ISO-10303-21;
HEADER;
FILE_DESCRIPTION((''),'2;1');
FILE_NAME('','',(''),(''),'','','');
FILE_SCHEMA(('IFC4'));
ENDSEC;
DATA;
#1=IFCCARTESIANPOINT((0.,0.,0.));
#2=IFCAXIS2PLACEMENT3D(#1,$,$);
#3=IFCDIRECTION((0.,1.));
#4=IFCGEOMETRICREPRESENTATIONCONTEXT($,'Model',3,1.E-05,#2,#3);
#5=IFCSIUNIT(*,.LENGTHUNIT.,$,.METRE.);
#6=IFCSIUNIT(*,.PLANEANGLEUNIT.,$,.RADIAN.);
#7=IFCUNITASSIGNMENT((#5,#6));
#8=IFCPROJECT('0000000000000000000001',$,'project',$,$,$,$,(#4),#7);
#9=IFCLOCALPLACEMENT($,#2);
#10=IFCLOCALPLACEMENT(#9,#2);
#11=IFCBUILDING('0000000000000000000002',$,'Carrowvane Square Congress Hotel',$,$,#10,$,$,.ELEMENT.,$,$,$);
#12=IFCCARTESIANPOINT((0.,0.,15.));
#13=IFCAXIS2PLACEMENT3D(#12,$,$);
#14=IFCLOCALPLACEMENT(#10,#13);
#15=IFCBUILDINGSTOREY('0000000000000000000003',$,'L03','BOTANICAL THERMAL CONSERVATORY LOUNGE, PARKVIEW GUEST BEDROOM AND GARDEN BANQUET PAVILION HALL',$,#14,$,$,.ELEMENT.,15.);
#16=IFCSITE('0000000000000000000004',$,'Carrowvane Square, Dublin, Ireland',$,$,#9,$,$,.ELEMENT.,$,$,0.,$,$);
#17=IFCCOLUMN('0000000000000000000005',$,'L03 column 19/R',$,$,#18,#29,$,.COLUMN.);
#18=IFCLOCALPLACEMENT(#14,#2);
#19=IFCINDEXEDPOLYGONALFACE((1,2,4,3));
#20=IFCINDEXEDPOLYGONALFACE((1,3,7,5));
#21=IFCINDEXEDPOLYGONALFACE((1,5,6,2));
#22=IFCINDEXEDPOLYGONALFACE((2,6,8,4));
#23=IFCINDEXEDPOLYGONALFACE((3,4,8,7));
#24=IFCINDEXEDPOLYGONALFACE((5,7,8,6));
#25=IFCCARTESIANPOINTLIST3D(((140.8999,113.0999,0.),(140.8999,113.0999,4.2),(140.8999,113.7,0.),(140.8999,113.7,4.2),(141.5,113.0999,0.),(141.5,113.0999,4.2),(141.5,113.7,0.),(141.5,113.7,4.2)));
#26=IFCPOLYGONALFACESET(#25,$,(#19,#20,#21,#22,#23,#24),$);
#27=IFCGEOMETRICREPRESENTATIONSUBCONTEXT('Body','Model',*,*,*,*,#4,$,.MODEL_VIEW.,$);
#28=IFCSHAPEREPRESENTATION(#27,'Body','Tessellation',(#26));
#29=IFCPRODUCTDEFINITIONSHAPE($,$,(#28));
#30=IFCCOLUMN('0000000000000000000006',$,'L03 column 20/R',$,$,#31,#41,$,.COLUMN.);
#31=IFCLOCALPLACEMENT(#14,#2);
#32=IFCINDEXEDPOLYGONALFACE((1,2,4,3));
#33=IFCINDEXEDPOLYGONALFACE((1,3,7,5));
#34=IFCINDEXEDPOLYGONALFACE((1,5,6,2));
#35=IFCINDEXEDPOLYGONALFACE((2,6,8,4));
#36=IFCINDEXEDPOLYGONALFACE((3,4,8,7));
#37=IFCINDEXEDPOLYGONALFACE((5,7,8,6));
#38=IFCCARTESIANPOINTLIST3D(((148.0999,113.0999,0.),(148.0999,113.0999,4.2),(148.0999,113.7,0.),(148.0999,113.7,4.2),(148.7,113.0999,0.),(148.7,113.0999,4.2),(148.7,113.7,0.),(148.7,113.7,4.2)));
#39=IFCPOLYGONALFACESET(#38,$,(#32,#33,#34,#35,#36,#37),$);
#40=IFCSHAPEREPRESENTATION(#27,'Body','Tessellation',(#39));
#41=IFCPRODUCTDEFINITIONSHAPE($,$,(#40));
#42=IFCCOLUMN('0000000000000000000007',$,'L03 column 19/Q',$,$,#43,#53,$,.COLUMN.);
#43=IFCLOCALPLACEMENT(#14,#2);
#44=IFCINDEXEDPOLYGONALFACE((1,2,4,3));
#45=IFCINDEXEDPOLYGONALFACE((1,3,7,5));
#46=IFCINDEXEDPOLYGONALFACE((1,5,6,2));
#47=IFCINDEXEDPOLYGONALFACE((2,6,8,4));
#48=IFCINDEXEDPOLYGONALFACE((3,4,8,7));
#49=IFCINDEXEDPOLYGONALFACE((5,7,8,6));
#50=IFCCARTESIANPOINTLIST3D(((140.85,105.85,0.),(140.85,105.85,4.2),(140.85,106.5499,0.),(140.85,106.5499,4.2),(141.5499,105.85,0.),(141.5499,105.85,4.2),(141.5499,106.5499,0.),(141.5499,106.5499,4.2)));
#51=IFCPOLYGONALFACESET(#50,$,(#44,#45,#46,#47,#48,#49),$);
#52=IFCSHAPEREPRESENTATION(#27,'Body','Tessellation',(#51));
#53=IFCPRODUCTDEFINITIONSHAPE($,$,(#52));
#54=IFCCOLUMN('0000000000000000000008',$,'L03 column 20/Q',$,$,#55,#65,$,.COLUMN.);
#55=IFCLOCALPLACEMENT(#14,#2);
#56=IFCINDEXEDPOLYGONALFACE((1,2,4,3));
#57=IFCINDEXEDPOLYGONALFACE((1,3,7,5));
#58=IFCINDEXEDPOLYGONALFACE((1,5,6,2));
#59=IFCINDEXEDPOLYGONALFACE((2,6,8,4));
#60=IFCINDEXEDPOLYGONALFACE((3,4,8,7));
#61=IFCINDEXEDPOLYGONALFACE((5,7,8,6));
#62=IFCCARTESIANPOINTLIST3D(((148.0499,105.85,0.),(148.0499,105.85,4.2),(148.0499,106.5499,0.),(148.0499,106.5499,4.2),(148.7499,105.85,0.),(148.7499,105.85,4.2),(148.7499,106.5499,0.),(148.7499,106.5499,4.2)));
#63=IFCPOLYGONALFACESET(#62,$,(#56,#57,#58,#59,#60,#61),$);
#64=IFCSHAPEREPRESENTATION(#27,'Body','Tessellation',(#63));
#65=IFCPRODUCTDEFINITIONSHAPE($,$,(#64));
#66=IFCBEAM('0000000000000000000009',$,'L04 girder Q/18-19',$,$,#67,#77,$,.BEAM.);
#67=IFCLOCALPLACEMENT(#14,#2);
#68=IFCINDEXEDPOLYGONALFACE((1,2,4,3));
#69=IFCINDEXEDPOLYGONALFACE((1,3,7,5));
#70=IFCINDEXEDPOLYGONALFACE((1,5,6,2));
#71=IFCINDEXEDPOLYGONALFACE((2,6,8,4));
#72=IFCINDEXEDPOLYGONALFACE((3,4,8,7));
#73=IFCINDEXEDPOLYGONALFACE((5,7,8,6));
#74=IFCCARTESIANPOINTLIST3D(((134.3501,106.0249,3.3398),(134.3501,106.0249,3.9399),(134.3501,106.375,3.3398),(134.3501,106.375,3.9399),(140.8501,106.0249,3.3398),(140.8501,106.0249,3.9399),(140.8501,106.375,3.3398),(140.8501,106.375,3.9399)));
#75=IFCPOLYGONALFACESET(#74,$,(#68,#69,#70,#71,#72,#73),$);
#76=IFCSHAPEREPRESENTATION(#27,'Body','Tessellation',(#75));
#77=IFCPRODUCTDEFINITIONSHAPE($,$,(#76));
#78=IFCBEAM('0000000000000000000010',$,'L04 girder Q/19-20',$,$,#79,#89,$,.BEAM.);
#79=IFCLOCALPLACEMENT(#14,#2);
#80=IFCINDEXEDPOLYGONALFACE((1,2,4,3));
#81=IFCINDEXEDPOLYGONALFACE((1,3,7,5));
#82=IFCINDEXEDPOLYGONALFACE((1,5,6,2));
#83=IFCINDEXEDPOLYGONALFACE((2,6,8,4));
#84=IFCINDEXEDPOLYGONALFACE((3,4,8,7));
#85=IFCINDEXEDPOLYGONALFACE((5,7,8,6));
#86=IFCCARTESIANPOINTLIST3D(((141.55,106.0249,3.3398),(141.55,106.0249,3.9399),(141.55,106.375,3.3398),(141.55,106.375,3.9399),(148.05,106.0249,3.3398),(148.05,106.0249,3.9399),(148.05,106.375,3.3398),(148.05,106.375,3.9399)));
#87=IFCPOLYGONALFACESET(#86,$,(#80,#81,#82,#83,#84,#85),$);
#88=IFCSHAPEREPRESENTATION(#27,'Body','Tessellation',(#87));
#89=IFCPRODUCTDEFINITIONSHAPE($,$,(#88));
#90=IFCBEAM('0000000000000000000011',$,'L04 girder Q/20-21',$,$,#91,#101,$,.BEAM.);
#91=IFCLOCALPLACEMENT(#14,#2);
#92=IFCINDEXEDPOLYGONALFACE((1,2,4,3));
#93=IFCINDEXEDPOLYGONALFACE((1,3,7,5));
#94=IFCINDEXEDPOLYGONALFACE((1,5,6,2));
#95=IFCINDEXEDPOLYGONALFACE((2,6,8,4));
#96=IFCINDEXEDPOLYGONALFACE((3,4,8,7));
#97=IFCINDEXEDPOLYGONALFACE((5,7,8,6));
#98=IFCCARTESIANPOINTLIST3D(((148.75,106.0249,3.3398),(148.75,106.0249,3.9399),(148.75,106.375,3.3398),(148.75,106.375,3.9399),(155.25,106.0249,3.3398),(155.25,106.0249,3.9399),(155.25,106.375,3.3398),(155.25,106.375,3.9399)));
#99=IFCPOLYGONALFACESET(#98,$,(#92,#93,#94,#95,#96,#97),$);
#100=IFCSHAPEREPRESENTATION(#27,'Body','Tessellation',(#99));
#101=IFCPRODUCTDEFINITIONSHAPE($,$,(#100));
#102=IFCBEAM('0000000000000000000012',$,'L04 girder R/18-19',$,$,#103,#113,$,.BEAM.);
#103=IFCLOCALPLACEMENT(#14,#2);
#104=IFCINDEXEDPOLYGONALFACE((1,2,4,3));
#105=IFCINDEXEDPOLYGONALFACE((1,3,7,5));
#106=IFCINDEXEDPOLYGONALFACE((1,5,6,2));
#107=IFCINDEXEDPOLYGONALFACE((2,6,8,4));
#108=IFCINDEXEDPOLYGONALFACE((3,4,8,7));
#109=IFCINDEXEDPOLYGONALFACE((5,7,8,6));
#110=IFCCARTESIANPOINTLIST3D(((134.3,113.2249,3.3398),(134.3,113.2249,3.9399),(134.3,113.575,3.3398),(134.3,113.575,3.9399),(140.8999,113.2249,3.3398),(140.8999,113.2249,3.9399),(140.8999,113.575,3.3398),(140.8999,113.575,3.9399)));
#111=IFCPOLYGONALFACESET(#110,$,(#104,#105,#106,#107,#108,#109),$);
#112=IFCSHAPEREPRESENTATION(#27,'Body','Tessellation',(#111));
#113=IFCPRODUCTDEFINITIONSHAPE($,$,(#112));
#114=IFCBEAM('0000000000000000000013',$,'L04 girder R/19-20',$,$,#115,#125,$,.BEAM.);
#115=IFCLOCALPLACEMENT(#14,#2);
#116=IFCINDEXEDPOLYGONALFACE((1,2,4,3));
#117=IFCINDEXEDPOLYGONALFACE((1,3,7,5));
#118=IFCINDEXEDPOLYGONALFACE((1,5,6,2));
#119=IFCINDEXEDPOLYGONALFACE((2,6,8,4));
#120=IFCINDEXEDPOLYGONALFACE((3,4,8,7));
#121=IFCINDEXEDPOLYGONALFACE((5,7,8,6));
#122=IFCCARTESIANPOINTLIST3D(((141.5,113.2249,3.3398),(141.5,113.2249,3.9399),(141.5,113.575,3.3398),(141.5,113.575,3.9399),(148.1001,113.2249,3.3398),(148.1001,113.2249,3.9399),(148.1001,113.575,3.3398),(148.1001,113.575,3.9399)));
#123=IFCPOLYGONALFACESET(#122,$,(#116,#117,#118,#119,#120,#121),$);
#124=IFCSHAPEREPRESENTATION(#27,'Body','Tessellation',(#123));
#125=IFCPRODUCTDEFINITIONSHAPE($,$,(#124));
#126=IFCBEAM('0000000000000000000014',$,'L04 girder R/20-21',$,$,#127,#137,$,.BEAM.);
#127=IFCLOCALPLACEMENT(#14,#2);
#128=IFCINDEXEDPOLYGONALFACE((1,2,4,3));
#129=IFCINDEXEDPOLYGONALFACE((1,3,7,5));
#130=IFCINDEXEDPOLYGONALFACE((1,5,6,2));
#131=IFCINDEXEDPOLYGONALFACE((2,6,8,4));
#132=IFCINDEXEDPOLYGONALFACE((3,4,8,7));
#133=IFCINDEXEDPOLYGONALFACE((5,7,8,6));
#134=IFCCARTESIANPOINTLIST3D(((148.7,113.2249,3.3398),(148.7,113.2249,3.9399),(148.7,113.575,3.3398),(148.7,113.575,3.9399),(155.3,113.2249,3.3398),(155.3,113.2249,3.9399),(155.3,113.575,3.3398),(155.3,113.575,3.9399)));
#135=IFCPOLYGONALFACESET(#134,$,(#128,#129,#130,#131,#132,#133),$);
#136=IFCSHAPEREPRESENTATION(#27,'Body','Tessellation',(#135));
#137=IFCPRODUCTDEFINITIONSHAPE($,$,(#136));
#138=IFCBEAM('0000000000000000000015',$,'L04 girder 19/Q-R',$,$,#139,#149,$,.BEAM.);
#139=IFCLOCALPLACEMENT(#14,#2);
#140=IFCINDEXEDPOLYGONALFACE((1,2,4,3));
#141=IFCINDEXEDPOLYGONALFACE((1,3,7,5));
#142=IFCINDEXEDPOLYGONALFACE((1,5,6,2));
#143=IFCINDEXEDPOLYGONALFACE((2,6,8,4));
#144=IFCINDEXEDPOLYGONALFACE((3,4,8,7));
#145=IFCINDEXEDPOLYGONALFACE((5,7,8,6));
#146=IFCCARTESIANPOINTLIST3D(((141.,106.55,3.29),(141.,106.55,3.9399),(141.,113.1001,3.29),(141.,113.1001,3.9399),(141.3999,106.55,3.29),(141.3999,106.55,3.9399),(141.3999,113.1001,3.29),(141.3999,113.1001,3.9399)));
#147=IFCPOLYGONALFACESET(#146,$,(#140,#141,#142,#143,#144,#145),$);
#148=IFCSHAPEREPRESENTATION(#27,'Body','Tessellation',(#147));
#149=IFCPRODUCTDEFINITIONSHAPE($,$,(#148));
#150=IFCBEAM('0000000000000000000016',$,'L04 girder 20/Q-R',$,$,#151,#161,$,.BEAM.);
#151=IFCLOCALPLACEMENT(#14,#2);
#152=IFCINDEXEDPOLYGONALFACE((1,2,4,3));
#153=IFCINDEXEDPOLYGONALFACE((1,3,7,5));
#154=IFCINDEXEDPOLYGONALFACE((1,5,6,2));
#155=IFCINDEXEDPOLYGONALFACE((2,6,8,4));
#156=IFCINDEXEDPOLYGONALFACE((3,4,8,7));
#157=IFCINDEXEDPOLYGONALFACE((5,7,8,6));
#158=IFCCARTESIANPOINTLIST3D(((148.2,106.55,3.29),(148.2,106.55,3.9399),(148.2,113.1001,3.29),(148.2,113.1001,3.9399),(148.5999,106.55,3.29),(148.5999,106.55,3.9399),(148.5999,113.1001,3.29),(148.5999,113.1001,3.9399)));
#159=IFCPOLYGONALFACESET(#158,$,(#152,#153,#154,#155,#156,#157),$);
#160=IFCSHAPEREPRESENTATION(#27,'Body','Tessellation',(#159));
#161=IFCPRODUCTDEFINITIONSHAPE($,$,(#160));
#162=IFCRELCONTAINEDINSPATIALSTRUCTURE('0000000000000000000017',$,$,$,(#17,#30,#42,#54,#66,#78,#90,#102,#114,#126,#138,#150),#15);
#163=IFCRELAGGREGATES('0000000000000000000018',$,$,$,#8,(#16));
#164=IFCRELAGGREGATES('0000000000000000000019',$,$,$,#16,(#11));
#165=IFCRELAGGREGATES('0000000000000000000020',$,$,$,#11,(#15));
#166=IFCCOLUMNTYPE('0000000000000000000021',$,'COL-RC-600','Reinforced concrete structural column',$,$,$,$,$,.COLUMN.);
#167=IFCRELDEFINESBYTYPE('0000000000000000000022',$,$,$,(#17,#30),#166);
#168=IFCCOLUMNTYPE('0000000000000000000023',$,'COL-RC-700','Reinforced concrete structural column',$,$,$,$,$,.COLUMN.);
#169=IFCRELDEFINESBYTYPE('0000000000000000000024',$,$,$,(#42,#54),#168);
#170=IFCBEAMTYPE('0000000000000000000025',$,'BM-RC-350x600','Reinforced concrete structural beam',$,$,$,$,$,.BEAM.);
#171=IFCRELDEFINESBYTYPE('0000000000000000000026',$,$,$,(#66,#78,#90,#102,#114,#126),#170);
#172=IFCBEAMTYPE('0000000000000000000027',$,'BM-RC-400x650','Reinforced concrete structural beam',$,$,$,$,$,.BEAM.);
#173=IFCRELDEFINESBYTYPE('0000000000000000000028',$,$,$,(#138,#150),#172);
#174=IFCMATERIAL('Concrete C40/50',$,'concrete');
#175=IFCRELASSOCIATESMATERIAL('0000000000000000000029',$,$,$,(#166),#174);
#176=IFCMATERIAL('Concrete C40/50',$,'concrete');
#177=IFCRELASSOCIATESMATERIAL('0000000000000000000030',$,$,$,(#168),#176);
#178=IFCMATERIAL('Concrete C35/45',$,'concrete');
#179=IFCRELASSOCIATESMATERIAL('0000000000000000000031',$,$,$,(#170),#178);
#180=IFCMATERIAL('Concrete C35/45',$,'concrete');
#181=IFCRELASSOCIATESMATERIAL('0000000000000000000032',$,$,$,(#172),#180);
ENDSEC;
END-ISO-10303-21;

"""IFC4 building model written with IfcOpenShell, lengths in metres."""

from ifc_helpers import new_model, si_unit, direction, frame, origin, origin_2d, place, context, subcontext, project, spatial, rectangle, extrude, material, material_profile, profile_set, type_object, element, save


model = new_model("IFC4")

# Units and contexts
model_context = context("Model", 3, precision=1e-05, world=origin(), true_north=direction((0.0, 1.0)))
body_context = subcontext(model_context, "Body", "Model", "MODEL_VIEW")
ifc_project = project(units=[si_unit("LENGTHUNIT", "METRE"), si_unit("PLANEANGLEUNIT", "RADIAN")], contexts=[model_context])

# Site, building, storey
site_placement = place(None, origin())
site = spatial("IfcSite", under=ifc_project, at=site_placement, Name="Carrowvane Square, Dublin, Ireland", CompositionType="ELEMENT", RefElevation=0.0)
building_placement = place(site_placement, origin())
building = spatial("IfcBuilding", under=site, at=building_placement, Name="Carrowvane Square Congress Hotel", CompositionType="ELEMENT")
storey_placement = place(building_placement, frame((0.0, 0.0, 15.0)))
storey = spatial("IfcBuildingStorey", under=building, at=storey_placement, Name="L03", Description="BOTANICAL THERMAL CONSERVATORY LOUNGE, PARKVIEW GUEST BEDROOM AND GARDEN BANQUET PAVILION HALL", CompositionType="ELEMENT", Elevation=15.0)

# Columns
ifc_material_1 = material(Name="Concrete C40/50", Category="concrete")
ifc_material_profile_1 = material_profile(ifc_material_1, rectangle(XDim=0.6001, YDim=0.6001, at=origin_2d()), Name="RC 600x600")
ifc_profile_set_1 = profile_set([ifc_material_profile_1], Name="Concrete C40/50")
column_type_1 = type_object("IfcColumnType", Name="COL-RC-600", Description="Reinforced concrete structural column", PredefinedType="COLUMN", material=ifc_profile_set_1)
for number, where, z_axis, x_axis, name in (
    (1, (141.2, 113.3999, 0.0), (0.0, 0.0, 1.0), (1.0, 0.0, 0.0), "L03 column 19/R"),
    (2, (148.3999, 113.3999, 0.0), (0.0, 0.0, 1.0), (1.0, 0.0, 0.0), "L03 column 20/R"),
):
    element("IfcColumn", number, at=place(storey_placement, frame(where, z_axis=z_axis, x_axis=x_axis)), inside=storey, type_object=column_type_1, Name=name, PredefinedType="COLUMN", context=body_context, shape_type="SweptSolid", body=[
        extrude(rectangle(XDim=0.6001, YDim=0.6001, at=origin_2d()), origin(), (0.0, 0.0, 1.0), 4.2),
    ])
ifc_material_2 = material(Name="Concrete C40/50", Category="concrete")
ifc_material_profile_2 = material_profile(ifc_material_2, rectangle(XDim=0.7, YDim=0.7, at=origin_2d()), Name="RC 700x700")
ifc_profile_set_2 = profile_set([ifc_material_profile_2], Name="Concrete C40/50")
column_type_2 = type_object("IfcColumnType", Name="COL-RC-700", Description="Reinforced concrete structural column", PredefinedType="COLUMN", material=ifc_profile_set_2)
for number, where, z_axis, x_axis, name in (
    (3, (141.2, 106.2, 0.0), (0.0, 0.0, 1.0), (1.0, 0.0, 0.0), "L03 column 19/Q"),
    (4, (148.3999, 106.2, 0.0), (0.0, 0.0, 1.0), (1.0, 0.0, 0.0), "L03 column 20/Q"),
):
    element("IfcColumn", number, at=place(storey_placement, frame(where, z_axis=z_axis, x_axis=x_axis)), inside=storey, type_object=column_type_2, Name=name, PredefinedType="COLUMN", context=body_context, shape_type="SweptSolid", body=[
        extrude(rectangle(XDim=0.7, YDim=0.7, at=origin_2d()), origin(), (0.0, 0.0, 1.0), 4.2),
    ])

# Beams
ifc_material_3 = material(Name="Concrete C35/45", Category="concrete")
ifc_material_profile_3 = material_profile(ifc_material_3, rectangle(XDim=0.3501, YDim=0.6001, at=origin_2d()), Name="RC 350x600")
ifc_profile_set_3 = profile_set([ifc_material_profile_3], Name="Concrete C35/45")
beam_type_1 = type_object("IfcBeamType", Name="BM-RC-350x600", Description="Reinforced concrete structural beam", PredefinedType="BEAM", material=ifc_profile_set_3)
for number, where, z_axis, x_axis, name in (
    (5, (134.3501, 106.2, 3.6399), (1.0, 0.0, 0.0), (0.0, 1.0, 0.0), "L04 girder Q/18-19"),
    (6, (141.55, 106.2, 3.6399), (1.0, 0.0, 0.0), (0.0, 1.0, 0.0), "L04 girder Q/19-20"),
    (7, (148.75, 106.2, 3.6399), (1.0, 0.0, 0.0), (0.0, 1.0, 0.0), "L04 girder Q/20-21"),
):
    element("IfcBeam", number, at=place(storey_placement, frame(where, z_axis=z_axis, x_axis=x_axis)), inside=storey, type_object=beam_type_1, Name=name, PredefinedType="BEAM", context=body_context, shape_type="SweptSolid", body=[
        extrude(rectangle(XDim=0.3501, YDim=0.6001, at=origin_2d()), origin(), (0.0, 0.0, 1.0), 6.5),
    ])
beam_1_placement = place(storey_placement, frame((134.3, 113.3999, 3.6399), z_axis=(1.0, 0.0, 0.0), x_axis=(0.0, 1.0, 0.0)))
element("IfcBeam", 8, at=beam_1_placement, inside=storey, type_object=beam_type_1, Name="L04 girder R/18-19", PredefinedType="BEAM", context=body_context, shape_type="SweptSolid", body=[
    extrude(rectangle(XDim=0.3501, YDim=0.6001, at=origin_2d()), origin(), (0.0, 0.0, 1.0), 6.5999),
])
for number, where, z_axis, x_axis, name in (
    (9, (141.5, 113.3999, 3.6399), (1.0, 0.0, 0.0), (0.0, 1.0, 0.0), "L04 girder R/19-20"),
    (10, (148.7, 113.3999, 3.6399), (1.0, 0.0, 0.0), (0.0, 1.0, 0.0), "L04 girder R/20-21"),
):
    element("IfcBeam", number, at=place(storey_placement, frame(where, z_axis=z_axis, x_axis=x_axis)), inside=storey, type_object=beam_type_1, Name=name, PredefinedType="BEAM", context=body_context, shape_type="SweptSolid", body=[
        extrude(rectangle(XDim=0.3501, YDim=0.6001, at=origin_2d()), origin(), (0.0, 0.0, 1.0), 6.6001),
    ])
ifc_material_4 = material(Name="Concrete C35/45", Category="concrete")
ifc_material_profile_4 = material_profile(ifc_material_4, rectangle(XDim=0.3999, YDim=0.6499, at=origin_2d()), Name="RC 400x650")
ifc_profile_set_4 = profile_set([ifc_material_profile_4], Name="Concrete C35/45")
beam_type_2 = type_object("IfcBeamType", Name="BM-RC-400x650", Description="Reinforced concrete structural beam", PredefinedType="BEAM", material=ifc_profile_set_4)
for number, where, z_axis, x_axis, name in (
    (11, (141.2, 106.55, 3.615), (0.0, 1.0, 0.0), (-1.0, 0.0, 0.0), "L04 girder 19/Q-R"),
    (12, (148.3999, 106.55, 3.615), (0.0, 1.0, 0.0), (-1.0, 0.0, 0.0), "L04 girder 20/Q-R"),
):
    element("IfcBeam", number, at=place(storey_placement, frame(where, z_axis=z_axis, x_axis=x_axis)), inside=storey, type_object=beam_type_2, Name=name, PredefinedType="BEAM", context=body_context, shape_type="SweptSolid", body=[
        extrude(rectangle(XDim=0.3999, YDim=0.6499, at=origin_2d()), origin(), (0.0, 0.0, 1.0), 6.55),
    ])

save(model, "model.ifc")
